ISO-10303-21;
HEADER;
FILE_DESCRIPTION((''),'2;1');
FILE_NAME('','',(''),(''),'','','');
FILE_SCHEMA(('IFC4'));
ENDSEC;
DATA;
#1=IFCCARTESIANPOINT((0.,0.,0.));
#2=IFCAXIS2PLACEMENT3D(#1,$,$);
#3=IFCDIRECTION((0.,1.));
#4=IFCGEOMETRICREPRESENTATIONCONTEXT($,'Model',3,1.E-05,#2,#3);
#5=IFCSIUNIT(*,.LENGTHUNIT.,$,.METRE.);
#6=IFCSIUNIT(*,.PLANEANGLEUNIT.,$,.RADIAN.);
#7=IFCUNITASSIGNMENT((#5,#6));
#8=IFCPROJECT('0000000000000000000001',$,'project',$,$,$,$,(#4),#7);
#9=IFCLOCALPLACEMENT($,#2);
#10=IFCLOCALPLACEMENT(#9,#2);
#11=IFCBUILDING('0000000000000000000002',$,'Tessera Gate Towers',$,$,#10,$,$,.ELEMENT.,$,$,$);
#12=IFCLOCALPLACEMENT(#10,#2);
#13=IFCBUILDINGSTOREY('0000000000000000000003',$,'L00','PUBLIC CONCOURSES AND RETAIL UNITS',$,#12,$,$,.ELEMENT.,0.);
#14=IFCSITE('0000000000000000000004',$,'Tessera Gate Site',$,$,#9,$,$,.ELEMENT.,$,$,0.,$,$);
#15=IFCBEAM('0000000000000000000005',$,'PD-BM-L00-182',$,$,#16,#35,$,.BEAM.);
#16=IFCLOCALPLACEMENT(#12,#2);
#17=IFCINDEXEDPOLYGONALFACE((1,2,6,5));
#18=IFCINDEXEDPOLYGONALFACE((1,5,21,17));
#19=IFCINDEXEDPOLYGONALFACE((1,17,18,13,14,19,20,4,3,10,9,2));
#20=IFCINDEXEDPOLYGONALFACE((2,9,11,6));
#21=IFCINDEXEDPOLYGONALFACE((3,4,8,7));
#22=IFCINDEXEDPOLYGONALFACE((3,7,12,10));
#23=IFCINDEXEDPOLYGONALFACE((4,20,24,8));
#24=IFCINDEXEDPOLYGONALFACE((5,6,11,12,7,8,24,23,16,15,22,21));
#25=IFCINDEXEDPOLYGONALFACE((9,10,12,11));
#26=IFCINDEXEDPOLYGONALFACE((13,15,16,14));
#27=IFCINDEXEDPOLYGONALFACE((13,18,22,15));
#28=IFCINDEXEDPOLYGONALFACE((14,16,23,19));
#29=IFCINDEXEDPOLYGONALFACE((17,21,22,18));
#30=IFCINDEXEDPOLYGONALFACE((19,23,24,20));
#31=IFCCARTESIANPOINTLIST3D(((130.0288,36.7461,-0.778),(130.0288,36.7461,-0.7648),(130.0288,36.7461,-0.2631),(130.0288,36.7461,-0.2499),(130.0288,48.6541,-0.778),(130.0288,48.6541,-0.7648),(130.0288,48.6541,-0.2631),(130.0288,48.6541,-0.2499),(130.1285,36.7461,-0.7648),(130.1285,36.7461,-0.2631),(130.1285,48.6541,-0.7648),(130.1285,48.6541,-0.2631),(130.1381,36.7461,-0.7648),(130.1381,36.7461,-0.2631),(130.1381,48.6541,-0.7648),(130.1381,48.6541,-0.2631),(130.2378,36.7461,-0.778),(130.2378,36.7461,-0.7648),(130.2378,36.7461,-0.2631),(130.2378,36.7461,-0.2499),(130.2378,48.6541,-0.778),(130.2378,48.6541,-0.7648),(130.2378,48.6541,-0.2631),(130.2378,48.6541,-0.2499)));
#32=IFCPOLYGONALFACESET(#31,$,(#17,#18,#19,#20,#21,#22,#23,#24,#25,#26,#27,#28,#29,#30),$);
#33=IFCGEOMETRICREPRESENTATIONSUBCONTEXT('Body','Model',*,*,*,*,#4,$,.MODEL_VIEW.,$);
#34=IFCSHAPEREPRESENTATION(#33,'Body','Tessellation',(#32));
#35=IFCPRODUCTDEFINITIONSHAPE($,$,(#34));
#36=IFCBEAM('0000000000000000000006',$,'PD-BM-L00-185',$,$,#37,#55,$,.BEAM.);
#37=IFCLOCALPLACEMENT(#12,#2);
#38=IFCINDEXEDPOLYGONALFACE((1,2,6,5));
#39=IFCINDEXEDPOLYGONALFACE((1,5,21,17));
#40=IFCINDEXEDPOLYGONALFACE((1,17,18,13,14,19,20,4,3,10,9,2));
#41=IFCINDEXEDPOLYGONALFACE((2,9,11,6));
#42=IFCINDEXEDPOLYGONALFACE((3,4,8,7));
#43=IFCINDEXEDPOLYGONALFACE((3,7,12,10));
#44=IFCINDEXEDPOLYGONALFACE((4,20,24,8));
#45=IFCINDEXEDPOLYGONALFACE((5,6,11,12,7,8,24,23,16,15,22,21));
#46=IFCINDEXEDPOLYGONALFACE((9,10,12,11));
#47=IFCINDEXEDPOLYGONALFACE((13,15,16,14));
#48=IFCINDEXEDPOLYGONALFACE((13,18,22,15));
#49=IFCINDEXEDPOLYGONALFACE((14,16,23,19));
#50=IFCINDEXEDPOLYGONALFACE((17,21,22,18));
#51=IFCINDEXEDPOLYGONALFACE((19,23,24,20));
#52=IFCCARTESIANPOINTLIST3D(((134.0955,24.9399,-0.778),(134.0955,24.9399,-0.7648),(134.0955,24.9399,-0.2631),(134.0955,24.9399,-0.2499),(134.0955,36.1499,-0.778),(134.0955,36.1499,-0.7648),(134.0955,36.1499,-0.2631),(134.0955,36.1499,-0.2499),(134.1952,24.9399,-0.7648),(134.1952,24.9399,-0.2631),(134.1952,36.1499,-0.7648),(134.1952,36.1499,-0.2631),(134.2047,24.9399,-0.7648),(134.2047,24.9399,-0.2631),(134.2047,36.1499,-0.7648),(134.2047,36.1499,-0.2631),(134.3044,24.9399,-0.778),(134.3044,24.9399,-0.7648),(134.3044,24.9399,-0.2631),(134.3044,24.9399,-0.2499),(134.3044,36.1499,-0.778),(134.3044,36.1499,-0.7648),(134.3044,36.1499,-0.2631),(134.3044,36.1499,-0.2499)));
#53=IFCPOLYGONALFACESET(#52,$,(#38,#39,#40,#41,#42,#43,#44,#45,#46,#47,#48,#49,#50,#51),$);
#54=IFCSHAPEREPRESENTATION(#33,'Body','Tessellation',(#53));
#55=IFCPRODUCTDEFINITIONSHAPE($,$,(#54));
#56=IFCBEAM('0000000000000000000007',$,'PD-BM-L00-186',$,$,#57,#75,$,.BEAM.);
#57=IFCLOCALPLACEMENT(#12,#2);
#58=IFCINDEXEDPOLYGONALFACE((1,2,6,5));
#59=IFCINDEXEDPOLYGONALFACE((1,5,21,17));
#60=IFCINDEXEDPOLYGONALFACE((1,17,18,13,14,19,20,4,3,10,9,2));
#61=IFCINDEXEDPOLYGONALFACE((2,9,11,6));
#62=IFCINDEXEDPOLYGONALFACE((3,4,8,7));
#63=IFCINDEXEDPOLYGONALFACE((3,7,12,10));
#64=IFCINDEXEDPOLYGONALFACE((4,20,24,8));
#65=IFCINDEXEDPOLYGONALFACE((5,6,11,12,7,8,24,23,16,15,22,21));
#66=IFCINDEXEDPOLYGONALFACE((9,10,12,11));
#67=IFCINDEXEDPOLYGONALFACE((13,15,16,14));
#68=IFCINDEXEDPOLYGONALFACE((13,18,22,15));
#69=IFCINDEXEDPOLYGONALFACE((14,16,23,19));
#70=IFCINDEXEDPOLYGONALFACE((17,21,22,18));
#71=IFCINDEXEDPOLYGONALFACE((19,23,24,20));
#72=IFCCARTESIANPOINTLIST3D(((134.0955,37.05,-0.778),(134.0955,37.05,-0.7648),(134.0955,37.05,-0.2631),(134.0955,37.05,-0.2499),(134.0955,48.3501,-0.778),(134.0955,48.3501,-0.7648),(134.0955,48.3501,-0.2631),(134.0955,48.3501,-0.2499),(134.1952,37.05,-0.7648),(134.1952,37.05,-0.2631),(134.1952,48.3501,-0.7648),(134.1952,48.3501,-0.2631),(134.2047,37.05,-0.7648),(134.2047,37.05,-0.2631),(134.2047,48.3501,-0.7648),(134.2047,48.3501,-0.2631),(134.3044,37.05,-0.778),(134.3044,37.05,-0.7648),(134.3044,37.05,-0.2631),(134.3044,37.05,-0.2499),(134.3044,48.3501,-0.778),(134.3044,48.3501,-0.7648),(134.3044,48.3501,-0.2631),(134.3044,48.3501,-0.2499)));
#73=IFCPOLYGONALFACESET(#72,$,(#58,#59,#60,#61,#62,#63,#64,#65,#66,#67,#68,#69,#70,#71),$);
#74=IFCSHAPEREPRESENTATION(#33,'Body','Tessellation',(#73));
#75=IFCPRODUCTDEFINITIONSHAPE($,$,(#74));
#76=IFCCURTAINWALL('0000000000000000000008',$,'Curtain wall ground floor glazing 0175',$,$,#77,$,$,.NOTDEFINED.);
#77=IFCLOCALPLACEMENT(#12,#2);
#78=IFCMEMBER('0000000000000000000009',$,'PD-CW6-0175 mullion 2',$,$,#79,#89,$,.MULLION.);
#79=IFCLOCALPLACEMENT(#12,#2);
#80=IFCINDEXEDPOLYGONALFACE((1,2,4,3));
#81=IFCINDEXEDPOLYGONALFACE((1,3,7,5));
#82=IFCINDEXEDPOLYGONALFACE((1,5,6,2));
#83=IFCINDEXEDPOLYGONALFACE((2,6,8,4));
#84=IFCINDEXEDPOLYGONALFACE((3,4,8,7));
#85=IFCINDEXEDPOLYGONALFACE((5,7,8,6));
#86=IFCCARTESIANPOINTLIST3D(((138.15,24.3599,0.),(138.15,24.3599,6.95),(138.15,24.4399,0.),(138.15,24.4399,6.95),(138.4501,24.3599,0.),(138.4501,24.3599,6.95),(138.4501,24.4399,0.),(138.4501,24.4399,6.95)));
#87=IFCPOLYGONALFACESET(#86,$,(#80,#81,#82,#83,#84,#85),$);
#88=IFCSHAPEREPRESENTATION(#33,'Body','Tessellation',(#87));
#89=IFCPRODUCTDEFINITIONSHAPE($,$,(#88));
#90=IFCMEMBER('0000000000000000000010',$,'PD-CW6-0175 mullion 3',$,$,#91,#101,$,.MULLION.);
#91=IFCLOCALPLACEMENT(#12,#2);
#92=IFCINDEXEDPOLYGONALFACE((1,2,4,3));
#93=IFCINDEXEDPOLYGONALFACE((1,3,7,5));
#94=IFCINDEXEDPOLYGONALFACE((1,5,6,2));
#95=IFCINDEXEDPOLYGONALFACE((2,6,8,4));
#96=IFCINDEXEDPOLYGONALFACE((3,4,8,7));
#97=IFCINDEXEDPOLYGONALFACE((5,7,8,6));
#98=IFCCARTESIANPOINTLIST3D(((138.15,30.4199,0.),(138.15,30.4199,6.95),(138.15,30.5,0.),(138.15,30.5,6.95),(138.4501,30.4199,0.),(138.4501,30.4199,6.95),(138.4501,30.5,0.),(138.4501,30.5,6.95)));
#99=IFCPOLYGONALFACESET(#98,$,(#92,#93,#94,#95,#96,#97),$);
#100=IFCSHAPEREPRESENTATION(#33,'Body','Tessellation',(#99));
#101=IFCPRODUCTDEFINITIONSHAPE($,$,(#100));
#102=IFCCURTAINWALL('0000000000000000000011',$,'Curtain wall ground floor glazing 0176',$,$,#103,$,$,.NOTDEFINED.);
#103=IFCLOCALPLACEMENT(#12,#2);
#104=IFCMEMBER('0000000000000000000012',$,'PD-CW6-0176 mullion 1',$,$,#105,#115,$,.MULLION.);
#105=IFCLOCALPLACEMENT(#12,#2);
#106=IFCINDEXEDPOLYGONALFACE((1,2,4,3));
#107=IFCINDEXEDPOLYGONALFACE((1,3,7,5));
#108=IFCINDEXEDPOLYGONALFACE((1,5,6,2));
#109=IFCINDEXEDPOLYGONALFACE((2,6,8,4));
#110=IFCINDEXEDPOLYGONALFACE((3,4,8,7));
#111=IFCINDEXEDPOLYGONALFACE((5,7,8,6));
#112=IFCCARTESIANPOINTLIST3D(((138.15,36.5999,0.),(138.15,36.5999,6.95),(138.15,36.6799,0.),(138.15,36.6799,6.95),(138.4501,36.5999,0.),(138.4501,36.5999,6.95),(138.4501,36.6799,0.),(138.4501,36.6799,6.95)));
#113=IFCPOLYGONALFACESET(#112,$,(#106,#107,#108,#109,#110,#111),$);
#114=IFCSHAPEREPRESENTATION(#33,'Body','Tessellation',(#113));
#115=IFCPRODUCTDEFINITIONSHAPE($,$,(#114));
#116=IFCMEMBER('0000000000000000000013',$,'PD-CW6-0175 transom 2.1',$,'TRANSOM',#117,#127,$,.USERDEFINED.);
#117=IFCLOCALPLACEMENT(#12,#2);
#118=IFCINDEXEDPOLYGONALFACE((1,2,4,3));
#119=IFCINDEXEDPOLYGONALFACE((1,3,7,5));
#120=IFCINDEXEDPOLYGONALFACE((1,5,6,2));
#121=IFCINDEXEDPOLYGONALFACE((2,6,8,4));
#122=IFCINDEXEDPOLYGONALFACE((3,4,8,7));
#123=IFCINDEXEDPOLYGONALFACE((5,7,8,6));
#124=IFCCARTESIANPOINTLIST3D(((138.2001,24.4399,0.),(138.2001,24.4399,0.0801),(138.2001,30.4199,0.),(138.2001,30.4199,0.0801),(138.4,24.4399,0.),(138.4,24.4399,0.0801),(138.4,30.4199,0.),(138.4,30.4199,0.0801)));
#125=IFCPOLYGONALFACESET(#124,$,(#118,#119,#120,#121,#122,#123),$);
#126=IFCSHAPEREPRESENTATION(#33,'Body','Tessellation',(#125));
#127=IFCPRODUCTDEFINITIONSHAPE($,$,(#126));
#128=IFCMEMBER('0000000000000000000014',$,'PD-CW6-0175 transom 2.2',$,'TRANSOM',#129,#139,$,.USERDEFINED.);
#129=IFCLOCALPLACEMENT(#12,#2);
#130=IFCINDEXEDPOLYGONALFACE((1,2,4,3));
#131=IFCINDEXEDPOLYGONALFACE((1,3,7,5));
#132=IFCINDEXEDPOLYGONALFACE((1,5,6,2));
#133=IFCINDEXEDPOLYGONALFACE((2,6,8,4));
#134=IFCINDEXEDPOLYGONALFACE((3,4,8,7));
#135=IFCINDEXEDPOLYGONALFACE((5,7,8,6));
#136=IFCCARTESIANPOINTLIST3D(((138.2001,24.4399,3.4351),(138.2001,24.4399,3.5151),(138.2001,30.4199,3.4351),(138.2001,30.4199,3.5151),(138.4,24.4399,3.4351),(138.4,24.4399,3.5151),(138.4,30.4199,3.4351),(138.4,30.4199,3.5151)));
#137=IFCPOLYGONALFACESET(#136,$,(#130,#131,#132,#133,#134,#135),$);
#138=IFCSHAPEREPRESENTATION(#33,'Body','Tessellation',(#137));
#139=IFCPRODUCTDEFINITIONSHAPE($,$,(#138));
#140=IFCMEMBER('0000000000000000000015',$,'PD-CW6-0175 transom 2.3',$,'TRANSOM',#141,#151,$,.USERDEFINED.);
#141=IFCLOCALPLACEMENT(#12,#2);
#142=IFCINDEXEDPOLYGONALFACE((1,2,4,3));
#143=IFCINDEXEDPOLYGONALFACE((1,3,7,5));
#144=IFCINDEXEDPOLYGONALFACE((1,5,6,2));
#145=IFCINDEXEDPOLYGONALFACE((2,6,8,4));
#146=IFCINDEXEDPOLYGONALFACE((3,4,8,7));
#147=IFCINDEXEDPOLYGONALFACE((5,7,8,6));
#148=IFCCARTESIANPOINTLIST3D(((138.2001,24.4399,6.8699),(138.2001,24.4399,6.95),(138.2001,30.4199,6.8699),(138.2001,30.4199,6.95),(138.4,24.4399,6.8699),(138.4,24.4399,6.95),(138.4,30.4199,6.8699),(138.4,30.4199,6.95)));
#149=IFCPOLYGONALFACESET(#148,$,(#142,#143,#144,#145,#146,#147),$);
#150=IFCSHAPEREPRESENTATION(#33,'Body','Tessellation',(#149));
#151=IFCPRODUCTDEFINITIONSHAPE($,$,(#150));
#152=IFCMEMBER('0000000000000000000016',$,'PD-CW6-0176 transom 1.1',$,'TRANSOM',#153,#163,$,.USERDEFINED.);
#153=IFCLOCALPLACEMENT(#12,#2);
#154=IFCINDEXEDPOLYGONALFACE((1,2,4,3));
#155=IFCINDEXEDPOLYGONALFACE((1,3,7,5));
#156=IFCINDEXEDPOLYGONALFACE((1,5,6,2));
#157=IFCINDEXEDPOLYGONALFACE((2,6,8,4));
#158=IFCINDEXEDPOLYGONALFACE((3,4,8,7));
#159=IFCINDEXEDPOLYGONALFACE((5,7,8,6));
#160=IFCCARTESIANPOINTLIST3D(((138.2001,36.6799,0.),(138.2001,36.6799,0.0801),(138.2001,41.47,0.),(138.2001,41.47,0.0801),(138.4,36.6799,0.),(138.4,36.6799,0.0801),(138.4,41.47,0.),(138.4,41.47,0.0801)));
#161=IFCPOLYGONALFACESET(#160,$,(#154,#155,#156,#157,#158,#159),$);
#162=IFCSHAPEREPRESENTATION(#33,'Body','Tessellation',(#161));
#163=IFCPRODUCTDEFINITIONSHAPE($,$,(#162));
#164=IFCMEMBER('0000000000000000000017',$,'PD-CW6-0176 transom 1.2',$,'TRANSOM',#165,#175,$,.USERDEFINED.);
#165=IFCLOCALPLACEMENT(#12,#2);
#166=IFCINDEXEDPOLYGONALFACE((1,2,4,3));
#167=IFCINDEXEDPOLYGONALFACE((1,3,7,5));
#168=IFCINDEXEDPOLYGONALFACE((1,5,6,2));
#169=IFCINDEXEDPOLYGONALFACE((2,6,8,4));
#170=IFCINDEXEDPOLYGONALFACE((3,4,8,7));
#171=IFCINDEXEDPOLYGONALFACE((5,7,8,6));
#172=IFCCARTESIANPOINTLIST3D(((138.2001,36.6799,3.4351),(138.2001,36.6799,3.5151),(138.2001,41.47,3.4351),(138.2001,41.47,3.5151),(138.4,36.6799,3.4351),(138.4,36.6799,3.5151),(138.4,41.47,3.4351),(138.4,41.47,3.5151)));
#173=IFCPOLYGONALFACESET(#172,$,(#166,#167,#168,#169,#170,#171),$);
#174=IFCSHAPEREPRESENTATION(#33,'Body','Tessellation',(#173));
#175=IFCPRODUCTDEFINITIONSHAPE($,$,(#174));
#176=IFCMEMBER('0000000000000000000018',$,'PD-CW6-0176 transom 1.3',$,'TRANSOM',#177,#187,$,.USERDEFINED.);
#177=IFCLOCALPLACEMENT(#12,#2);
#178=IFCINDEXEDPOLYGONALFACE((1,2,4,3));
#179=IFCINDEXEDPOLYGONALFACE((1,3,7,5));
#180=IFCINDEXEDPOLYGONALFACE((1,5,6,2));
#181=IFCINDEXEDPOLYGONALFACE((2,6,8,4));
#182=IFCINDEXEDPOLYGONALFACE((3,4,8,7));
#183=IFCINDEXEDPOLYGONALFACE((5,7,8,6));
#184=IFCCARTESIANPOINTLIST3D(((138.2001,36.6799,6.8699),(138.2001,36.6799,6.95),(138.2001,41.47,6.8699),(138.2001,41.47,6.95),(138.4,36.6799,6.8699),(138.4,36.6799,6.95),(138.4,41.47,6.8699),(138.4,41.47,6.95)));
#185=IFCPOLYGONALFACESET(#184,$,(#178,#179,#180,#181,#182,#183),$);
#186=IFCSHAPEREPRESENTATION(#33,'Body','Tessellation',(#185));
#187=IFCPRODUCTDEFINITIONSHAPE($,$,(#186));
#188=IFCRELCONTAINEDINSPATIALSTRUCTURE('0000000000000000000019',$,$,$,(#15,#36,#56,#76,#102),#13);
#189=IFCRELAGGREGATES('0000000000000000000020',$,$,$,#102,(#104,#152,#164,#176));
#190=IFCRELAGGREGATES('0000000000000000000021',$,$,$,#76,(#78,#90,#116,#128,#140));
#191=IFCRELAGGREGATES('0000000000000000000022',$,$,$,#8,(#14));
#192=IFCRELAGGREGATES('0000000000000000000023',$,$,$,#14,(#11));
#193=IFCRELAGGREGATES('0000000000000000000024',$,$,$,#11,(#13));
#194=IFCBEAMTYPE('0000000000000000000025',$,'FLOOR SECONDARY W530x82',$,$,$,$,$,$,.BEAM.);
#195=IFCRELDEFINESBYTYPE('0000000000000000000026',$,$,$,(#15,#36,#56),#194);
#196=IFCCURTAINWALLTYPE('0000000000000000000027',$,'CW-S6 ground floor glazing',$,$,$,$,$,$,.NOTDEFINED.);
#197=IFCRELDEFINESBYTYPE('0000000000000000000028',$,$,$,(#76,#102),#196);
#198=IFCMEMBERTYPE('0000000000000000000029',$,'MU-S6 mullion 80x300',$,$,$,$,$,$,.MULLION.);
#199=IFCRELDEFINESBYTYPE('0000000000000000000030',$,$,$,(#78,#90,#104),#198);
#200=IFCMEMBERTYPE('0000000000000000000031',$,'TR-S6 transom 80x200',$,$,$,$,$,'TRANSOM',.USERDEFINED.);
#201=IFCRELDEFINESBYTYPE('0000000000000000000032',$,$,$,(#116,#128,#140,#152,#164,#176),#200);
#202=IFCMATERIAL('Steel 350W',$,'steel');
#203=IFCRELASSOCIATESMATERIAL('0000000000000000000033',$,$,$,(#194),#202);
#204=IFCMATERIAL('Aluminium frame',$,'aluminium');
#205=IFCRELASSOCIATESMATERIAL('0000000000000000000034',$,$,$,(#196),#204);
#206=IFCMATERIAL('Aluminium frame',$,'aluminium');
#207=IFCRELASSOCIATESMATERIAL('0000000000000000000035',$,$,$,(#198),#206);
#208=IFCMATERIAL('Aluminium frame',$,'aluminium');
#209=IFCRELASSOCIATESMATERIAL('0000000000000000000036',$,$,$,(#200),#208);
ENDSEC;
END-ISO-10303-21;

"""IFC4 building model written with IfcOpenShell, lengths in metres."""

from ifc_helpers import new_model, si_unit, direction, frame, origin, origin_2d, place, context, subcontext, project, spatial, rectangle, i_section, extrude, material, material_profile, profile_set, type_object, element, aggregate, save


model = new_model("IFC4")

# Units and contexts
model_context = context("Model", 3, precision=1e-05, world=origin(), true_north=direction((0.0, 1.0)))
body_context = subcontext(model_context, "Body", "Model", "MODEL_VIEW")
ifc_project = project(units=[si_unit("LENGTHUNIT", "METRE"), si_unit("PLANEANGLEUNIT", "RADIAN")], contexts=[model_context])

# Site, building, storey
site_placement = place(None, origin())
site = spatial("IfcSite", under=ifc_project, at=site_placement, Name="Tessera Gate Site", CompositionType="ELEMENT", RefElevation=0.0)
building_placement = place(site_placement, origin())
building = spatial("IfcBuilding", under=site, at=building_placement, Name="Tessera Gate Towers", CompositionType="ELEMENT")
storey_placement = place(building_placement, origin())
storey = spatial("IfcBuildingStorey", under=building, at=storey_placement, Name="L00", Description="PUBLIC CONCOURSES AND RETAIL UNITS", CompositionType="ELEMENT", Elevation=0.0)

# Beams
ifc_material_1 = material(Name="Steel 350W", Category="steel")
ifc_material_profile_1 = material_profile(ifc_material_1, i_section(OverallWidth=0.209, OverallDepth=0.5281, WebThickness=0.0095, FlangeThickness=0.0132, at=origin_2d()), Name="W530x82")
ifc_profile_set_1 = profile_set([ifc_material_profile_1], Name="Steel 350W")
beam_type_1 = type_object("IfcBeamType", Name="FLOOR SECONDARY W530x82", PredefinedType="BEAM", material=ifc_profile_set_1)
beam_1_placement = place(storey_placement, frame((130.1333, 36.7461, -0.5139), z_axis=(0.0, 1.0, 0.0), x_axis=(-1.0, 0.0, 0.0)))
element("IfcBeam", 1, at=beam_1_placement, inside=storey, type_object=beam_type_1, Name="PD-BM-L00-182", PredefinedType="BEAM", context=body_context, shape_type="SweptSolid", body=[
    extrude(i_section(OverallWidth=0.209, OverallDepth=0.5281, WebThickness=0.0095, FlangeThickness=0.0132, at=origin_2d()), origin(), (0.0, 0.0, 1.0), 11.908),
])
beam_2_placement = place(storey_placement, frame((134.2, 24.9399, -0.5139), z_axis=(0.0, 1.0, 0.0), x_axis=(-1.0, 0.0, 0.0)))
element("IfcBeam", 2, at=beam_2_placement, inside=storey, type_object=beam_type_1, Name="PD-BM-L00-185", PredefinedType="BEAM", context=body_context, shape_type="SweptSolid", body=[
    extrude(i_section(OverallWidth=0.209, OverallDepth=0.5281, WebThickness=0.0095, FlangeThickness=0.0132, at=origin_2d()), origin(), (0.0, 0.0, 1.0), 11.21),
])
beam_3_placement = place(storey_placement, frame((134.2, 37.05, -0.5139), z_axis=(0.0, 1.0, 0.0), x_axis=(-1.0, 0.0, 0.0)))
element("IfcBeam", 3, at=beam_3_placement, inside=storey, type_object=beam_type_1, Name="PD-BM-L00-186", PredefinedType="BEAM", context=body_context, shape_type="SweptSolid", body=[
    extrude(i_section(OverallWidth=0.209, OverallDepth=0.5281, WebThickness=0.0095, FlangeThickness=0.0132, at=origin_2d()), origin(), (0.0, 0.0, 1.0), 11.3),
])

# Curtain wall, members
ifc_material_2 = material(Name="Aluminium frame", Category="aluminium")
curtain_wall_type = type_object("IfcCurtainWallType", Name="CW-S6 ground floor glazing", PredefinedType="NOTDEFINED", material=ifc_material_2)
curtain_wall_1_placement = place(storey_placement, origin())
curtain_wall_1 = element("IfcCurtainWall", 4, at=curtain_wall_1_placement, inside=storey, type_object=curtain_wall_type, Name="Curtain wall ground floor glazing 0175", PredefinedType="NOTDEFINED")
ifc_material_3 = material(Name="Aluminium frame", Category="aluminium")
ifc_material_profile_2 = material_profile(ifc_material_3, rectangle(XDim=0.0801, YDim=0.3, at=origin_2d()), Name="AL 80x300")
ifc_profile_set_2 = profile_set([ifc_material_profile_2], Name="Aluminium frame")
member_type_1 = type_object("IfcMemberType", Name="MU-S6 mullion 80x300", PredefinedType="MULLION", material=ifc_profile_set_2)
member_1_placement = place(storey_placement, frame((138.3, 24.3999, 0.0), z_axis=(0.0, 0.0, 1.0), x_axis=(0.0, 1.0, 0.0)))
member_1 = element("IfcMember", 5, at=member_1_placement, type_object=member_type_1, Name="PD-CW6-0175 mullion 2", PredefinedType="MULLION", context=body_context, shape_type="SweptSolid", body=[
    extrude(rectangle(XDim=0.0801, YDim=0.3, at=origin_2d()), origin(), (0.0, 0.0, 1.0), 6.95),
])
member_2_placement = place(storey_placement, frame((138.3, 30.46, 0.0), z_axis=(0.0, 0.0, 1.0), x_axis=(0.0, 1.0, 0.0)))
member_2 = element("IfcMember", 6, at=member_2_placement, type_object=member_type_1, Name="PD-CW6-0175 mullion 3", PredefinedType="MULLION", context=body_context, shape_type="SweptSolid", body=[
    extrude(rectangle(XDim=0.0801, YDim=0.3, at=origin_2d()), origin(), (0.0, 0.0, 1.0), 6.95),
])

# Curtain wall, member
curtain_wall_2_placement = place(storey_placement, origin())
curtain_wall_2 = element("IfcCurtainWall", 7, at=curtain_wall_2_placement, inside=storey, type_object=curtain_wall_type, Name="Curtain wall ground floor glazing 0176", PredefinedType="NOTDEFINED")
member_3_placement = place(storey_placement, frame((138.3, 36.6399, 0.0), z_axis=(0.0, 0.0, 1.0), x_axis=(0.0, 1.0, 0.0)))
member_3 = element("IfcMember", 8, at=member_3_placement, type_object=member_type_1, Name="PD-CW6-0176 mullion 1", PredefinedType="MULLION", context=body_context, shape_type="SweptSolid", body=[
    extrude(rectangle(XDim=0.0801, YDim=0.3, at=origin_2d()), origin(), (0.0, 0.0, 1.0), 6.95),
])

# Members
ifc_material_4 = material(Name="Aluminium frame", Category="aluminium")
ifc_material_profile_3 = material_profile(ifc_material_4, rectangle(XDim=0.2, YDim=0.0801, at=origin_2d()), Name="AL 80x200")
ifc_profile_set_3 = profile_set([ifc_material_profile_3], Name="Aluminium frame")
member_type_2 = type_object("IfcMemberType", Name="TR-S6 transom 80x200", ElementType="TRANSOM", PredefinedType="USERDEFINED", material=ifc_profile_set_3)
member_4_placement = place(storey_placement, frame((138.3, 24.4399, 0.04), z_axis=(0.0, 1.0, 0.0), x_axis=(-1.0, 0.0, 0.0)))
member_4 = element("IfcMember", 9, at=member_4_placement, type_object=member_type_2, Name="PD-CW6-0175 transom 2.1", ObjectType="TRANSOM", PredefinedType="USERDEFINED", context=body_context, shape_type="SweptSolid", body=[
    extrude(rectangle(XDim=0.2, YDim=0.0801, at=origin_2d()), origin(), (0.0, 0.0, 1.0), 5.98),
])
member_5_placement = place(storey_placement, frame((138.3, 24.4399, 3.4751), z_axis=(0.0, 1.0, 0.0), x_axis=(-1.0, 0.0, 0.0)))
member_5 = element("IfcMember", 10, at=member_5_placement, type_object=member_type_2, Name="PD-CW6-0175 transom 2.2", ObjectType="TRANSOM", PredefinedType="USERDEFINED", context=body_context, shape_type="SweptSolid", body=[
    extrude(rectangle(XDim=0.2, YDim=0.0801, at=origin_2d()), origin(), (0.0, 0.0, 1.0), 5.98),
])
member_6_placement = place(storey_placement, frame((138.3, 24.4399, 6.9099), z_axis=(0.0, 1.0, 0.0), x_axis=(-1.0, 0.0, 0.0)))
member_6 = element("IfcMember", 11, at=member_6_placement, type_object=member_type_2, Name="PD-CW6-0175 transom 2.3", ObjectType="TRANSOM", PredefinedType="USERDEFINED", context=body_context, shape_type="SweptSolid", body=[
    extrude(rectangle(XDim=0.2, YDim=0.0801, at=origin_2d()), origin(), (0.0, 0.0, 1.0), 5.98),
])
member_7_placement = place(storey_placement, frame((138.3, 36.6799, 0.04), z_axis=(0.0, 1.0, 0.0), x_axis=(-1.0, 0.0, 0.0)))
member_7 = element("IfcMember", 12, at=member_7_placement, type_object=member_type_2, Name="PD-CW6-0176 transom 1.1", ObjectType="TRANSOM", PredefinedType="USERDEFINED", context=body_context, shape_type="SweptSolid", body=[
    extrude(rectangle(XDim=0.2, YDim=0.0801, at=origin_2d()), origin(), (0.0, 0.0, 1.0), 4.79),
])
member_8_placement = place(storey_placement, frame((138.3, 36.6799, 3.4751), z_axis=(0.0, 1.0, 0.0), x_axis=(-1.0, 0.0, 0.0)))
member_8 = element("IfcMember", 13, at=member_8_placement, type_object=member_type_2, Name="PD-CW6-0176 transom 1.2", ObjectType="TRANSOM", PredefinedType="USERDEFINED", context=body_context, shape_type="SweptSolid", body=[
    extrude(rectangle(XDim=0.2, YDim=0.0801, at=origin_2d()), origin(), (0.0, 0.0, 1.0), 4.79),
])
member_9_placement = place(storey_placement, frame((138.3, 36.6799, 6.9099), z_axis=(0.0, 1.0, 0.0), x_axis=(-1.0, 0.0, 0.0)))
member_9 = element("IfcMember", 14, at=member_9_placement, type_object=member_type_2, Name="PD-CW6-0176 transom 1.3", ObjectType="TRANSOM", PredefinedType="USERDEFINED", context=body_context, shape_type="SweptSolid", body=[
    extrude(rectangle(XDim=0.2, YDim=0.0801, at=origin_2d()), origin(), (0.0, 0.0, 1.0), 4.79),
])
aggregate(curtain_wall_2, [member_3, member_7, member_8, member_9])

aggregate(curtain_wall_1, [member_1, member_2, member_4, member_5, member_6])

save(model, "model.ifc")
